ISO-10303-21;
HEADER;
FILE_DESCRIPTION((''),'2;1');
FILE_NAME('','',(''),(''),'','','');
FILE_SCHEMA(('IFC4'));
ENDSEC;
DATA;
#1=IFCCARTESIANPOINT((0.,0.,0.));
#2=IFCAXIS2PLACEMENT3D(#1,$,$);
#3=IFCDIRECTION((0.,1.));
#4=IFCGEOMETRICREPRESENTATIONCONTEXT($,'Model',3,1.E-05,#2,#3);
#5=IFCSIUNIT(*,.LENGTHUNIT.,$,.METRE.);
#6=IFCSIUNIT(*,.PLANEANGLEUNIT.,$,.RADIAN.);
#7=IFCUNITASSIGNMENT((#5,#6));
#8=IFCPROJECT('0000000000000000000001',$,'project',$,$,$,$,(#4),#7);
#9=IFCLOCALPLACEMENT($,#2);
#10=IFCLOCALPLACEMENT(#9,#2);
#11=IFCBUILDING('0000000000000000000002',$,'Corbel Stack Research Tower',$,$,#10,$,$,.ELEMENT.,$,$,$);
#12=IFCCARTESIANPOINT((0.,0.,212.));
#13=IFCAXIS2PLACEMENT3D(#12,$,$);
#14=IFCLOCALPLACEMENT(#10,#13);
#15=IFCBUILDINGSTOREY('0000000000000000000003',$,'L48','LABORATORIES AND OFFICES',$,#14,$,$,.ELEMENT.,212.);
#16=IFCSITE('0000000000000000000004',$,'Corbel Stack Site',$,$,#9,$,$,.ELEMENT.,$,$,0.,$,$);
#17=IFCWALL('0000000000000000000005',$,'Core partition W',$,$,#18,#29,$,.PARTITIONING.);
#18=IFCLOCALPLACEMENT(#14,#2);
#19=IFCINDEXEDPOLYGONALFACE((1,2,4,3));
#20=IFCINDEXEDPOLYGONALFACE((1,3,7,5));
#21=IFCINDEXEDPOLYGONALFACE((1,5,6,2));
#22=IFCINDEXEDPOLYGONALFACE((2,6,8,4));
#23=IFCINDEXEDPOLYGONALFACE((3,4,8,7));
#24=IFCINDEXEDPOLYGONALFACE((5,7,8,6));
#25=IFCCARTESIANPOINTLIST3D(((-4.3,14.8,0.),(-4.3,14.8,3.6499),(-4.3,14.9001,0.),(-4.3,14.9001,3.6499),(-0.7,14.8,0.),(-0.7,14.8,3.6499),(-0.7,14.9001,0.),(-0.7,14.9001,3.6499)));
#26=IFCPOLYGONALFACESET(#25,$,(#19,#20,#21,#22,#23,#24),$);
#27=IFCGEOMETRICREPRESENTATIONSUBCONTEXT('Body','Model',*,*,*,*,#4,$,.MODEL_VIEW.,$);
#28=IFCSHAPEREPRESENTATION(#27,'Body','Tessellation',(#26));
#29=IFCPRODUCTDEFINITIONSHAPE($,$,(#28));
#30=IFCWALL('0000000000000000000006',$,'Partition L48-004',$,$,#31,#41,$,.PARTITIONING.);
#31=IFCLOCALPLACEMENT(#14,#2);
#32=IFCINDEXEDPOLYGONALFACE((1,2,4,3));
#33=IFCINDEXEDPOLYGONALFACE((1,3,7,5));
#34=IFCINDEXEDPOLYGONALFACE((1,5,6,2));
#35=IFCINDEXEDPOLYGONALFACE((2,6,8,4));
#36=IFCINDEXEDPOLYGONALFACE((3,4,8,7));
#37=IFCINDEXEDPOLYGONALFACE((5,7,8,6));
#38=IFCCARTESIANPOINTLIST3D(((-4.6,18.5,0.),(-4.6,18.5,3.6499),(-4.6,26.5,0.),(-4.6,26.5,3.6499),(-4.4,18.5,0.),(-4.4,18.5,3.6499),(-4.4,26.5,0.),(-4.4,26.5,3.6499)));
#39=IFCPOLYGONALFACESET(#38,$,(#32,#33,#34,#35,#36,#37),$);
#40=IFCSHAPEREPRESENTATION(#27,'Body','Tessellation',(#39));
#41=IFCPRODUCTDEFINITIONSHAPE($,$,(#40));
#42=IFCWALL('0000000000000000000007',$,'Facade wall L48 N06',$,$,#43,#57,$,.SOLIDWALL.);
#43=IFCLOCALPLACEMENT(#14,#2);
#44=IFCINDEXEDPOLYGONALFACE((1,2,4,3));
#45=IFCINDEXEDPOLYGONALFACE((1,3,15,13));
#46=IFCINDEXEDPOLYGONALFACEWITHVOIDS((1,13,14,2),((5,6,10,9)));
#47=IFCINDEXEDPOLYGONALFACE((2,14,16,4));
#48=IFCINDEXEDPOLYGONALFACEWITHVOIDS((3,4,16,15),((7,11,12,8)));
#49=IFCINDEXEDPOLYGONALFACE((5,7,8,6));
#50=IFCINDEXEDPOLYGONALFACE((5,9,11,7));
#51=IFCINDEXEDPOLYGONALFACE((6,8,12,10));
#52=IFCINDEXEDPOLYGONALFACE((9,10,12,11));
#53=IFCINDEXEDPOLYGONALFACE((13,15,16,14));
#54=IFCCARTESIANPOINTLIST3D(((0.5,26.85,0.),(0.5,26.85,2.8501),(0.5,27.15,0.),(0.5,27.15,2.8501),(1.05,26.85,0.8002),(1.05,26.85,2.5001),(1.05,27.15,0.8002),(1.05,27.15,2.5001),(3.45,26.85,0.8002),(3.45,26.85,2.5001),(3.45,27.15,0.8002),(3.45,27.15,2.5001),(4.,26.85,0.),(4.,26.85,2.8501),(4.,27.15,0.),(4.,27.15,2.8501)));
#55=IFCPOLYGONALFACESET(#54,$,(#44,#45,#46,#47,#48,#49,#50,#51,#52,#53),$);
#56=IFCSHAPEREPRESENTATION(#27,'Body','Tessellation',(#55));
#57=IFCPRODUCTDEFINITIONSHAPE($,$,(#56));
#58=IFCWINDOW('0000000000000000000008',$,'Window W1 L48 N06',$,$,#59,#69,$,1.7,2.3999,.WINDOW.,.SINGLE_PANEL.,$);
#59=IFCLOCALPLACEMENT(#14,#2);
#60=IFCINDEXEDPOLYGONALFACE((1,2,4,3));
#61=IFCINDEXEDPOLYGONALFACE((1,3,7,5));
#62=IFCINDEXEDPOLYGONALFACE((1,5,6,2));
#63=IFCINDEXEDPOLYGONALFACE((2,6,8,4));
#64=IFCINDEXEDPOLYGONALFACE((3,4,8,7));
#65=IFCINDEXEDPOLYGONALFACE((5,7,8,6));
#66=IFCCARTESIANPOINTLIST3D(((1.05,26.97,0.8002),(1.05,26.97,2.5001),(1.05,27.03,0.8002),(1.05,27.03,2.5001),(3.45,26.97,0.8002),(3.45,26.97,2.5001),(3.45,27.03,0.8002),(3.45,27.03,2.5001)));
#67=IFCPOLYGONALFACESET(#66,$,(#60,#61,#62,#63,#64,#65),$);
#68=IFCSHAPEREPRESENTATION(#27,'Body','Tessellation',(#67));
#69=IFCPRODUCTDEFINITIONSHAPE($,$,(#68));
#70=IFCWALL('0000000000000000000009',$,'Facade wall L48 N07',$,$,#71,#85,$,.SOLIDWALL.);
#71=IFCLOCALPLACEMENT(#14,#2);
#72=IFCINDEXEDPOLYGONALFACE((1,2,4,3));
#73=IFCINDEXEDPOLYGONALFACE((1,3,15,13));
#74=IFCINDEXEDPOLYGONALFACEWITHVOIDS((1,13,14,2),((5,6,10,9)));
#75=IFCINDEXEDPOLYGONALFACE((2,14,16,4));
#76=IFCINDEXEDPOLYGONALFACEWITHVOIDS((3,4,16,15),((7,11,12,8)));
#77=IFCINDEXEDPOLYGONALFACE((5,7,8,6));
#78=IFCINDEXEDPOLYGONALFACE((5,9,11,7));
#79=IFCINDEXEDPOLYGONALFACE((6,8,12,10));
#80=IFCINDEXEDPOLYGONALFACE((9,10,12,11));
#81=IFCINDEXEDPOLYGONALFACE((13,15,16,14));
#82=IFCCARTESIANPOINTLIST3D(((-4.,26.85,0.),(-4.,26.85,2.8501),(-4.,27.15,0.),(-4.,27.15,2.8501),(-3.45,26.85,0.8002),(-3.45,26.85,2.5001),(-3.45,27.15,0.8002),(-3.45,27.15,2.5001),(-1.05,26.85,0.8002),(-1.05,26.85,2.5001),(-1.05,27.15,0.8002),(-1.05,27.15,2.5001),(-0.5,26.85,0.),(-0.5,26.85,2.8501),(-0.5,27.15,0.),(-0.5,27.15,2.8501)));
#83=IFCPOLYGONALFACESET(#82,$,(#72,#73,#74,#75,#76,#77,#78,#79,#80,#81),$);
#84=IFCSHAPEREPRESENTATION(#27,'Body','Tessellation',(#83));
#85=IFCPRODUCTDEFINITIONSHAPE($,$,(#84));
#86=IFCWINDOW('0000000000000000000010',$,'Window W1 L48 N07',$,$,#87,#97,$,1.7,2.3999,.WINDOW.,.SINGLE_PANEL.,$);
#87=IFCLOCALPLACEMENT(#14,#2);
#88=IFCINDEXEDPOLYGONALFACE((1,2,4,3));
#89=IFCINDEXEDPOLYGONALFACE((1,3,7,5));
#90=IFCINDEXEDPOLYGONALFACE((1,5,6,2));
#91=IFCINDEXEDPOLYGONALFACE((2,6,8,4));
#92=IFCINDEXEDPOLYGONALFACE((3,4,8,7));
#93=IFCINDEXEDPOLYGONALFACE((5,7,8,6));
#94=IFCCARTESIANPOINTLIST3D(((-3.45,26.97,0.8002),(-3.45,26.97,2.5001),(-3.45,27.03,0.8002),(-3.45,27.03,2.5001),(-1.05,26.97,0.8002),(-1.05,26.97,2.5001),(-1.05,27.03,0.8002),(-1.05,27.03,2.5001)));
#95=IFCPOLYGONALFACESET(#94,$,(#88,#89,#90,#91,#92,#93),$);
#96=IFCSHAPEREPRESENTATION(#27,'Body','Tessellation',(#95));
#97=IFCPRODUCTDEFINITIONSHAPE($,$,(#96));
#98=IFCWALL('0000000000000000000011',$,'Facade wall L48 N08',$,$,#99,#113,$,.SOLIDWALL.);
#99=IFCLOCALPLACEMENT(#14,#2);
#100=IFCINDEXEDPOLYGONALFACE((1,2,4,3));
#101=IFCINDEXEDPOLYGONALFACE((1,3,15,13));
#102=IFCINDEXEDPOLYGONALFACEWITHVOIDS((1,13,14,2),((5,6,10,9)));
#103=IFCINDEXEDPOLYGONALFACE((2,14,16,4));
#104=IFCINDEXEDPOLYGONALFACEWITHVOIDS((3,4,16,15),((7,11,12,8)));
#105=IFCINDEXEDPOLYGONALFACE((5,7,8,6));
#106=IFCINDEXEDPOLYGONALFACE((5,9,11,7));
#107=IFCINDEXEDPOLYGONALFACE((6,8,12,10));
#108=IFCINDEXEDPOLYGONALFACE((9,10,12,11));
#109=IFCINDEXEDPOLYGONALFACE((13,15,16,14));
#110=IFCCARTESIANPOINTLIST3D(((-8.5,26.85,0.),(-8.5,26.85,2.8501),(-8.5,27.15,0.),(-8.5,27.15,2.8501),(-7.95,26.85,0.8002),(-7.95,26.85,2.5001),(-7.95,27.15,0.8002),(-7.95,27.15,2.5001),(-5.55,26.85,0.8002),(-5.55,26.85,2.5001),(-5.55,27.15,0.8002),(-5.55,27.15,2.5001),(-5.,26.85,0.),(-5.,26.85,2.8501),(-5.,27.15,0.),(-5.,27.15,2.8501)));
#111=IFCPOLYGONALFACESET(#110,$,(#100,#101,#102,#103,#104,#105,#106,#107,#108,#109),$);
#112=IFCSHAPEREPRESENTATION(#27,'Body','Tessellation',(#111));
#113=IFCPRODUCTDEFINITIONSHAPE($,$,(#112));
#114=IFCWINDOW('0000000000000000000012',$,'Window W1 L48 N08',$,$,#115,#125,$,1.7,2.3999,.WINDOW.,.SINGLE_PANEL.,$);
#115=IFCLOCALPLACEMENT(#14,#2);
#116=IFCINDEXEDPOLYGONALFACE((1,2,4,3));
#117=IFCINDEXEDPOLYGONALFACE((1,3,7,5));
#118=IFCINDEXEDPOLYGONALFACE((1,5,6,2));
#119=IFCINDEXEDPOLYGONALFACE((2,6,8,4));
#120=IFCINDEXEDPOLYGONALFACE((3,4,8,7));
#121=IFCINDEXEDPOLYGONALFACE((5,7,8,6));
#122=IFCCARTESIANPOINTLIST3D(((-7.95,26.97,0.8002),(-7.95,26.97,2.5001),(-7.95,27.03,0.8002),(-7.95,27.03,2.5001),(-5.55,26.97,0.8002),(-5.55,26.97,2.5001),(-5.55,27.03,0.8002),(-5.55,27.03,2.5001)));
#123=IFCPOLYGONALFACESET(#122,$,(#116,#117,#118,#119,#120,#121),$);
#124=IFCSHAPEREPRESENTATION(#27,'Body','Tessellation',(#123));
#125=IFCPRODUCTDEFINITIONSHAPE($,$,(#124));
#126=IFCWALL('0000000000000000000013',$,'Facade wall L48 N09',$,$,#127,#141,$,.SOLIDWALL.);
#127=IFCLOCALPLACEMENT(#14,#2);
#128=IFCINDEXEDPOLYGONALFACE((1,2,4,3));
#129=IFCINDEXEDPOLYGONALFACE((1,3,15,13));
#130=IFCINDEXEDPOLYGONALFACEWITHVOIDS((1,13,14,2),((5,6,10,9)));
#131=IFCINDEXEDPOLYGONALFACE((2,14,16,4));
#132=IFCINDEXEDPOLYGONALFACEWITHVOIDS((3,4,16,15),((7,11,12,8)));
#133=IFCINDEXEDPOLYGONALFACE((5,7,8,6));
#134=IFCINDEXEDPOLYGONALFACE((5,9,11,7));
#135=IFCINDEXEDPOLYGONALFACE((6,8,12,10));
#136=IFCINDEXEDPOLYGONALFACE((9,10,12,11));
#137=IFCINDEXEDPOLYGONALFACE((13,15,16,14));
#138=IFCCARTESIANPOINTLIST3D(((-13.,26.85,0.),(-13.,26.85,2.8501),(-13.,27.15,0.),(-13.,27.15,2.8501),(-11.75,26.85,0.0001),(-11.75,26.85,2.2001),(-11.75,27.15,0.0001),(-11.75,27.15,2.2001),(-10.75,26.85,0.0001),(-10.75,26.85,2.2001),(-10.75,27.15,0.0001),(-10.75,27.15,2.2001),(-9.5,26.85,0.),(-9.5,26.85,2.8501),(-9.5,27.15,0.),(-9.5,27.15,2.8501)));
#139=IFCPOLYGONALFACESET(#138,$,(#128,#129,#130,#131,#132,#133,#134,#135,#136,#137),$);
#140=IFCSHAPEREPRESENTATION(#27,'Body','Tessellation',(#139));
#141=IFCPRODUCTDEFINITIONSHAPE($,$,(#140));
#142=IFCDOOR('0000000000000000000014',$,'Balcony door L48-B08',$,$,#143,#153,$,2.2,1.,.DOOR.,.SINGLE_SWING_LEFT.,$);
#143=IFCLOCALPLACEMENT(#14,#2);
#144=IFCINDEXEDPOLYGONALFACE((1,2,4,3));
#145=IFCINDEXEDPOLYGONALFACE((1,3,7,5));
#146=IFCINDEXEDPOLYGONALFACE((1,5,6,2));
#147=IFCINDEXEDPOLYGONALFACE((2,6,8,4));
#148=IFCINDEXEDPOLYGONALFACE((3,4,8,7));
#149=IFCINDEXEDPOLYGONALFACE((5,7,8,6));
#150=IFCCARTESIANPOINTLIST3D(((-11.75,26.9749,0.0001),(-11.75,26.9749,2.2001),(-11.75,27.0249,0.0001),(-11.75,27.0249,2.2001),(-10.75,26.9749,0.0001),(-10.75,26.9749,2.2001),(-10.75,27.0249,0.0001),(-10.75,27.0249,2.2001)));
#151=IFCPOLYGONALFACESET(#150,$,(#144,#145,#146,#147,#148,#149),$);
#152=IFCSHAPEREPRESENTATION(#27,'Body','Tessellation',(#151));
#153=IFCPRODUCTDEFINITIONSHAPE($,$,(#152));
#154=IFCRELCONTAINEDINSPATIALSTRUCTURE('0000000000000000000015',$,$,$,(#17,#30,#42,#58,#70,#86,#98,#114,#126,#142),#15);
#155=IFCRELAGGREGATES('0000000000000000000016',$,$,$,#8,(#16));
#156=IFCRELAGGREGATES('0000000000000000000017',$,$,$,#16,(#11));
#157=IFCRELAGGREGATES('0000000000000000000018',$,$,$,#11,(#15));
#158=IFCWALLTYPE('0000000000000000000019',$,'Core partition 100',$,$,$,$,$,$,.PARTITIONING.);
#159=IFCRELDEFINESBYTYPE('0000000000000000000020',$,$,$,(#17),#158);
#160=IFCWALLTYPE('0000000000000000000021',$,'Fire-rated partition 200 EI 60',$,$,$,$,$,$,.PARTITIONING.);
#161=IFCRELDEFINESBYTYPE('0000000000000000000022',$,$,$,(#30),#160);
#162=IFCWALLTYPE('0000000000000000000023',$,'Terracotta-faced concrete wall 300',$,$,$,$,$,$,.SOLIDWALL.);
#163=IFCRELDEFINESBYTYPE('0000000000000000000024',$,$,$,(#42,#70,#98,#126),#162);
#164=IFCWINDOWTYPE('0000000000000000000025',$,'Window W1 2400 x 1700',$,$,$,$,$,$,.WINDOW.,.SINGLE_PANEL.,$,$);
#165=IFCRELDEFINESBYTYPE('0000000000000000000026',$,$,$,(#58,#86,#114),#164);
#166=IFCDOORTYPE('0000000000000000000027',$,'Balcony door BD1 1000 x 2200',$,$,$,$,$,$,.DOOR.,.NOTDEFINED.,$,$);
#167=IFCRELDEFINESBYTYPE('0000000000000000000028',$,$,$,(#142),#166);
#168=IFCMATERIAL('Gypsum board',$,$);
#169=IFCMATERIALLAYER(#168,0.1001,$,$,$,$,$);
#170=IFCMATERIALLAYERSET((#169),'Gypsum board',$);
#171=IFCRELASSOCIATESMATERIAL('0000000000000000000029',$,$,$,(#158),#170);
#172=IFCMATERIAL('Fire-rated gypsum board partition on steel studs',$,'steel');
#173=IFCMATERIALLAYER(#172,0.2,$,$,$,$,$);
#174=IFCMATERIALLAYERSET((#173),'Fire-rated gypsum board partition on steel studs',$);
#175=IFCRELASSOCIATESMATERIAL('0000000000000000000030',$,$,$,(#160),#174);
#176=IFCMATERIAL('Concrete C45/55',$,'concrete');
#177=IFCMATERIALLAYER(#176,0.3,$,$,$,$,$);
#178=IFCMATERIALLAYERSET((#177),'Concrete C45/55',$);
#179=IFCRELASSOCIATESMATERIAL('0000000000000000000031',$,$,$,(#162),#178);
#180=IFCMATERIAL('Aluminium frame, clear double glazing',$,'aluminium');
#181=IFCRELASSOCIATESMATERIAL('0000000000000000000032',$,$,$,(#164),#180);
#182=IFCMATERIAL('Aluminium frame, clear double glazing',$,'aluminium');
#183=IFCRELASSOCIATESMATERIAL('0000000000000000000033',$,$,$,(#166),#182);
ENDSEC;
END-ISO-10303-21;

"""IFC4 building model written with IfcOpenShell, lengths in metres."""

from ifc_helpers import new_model, si_unit, direction, frame, frame_2d, origin, place, context, subcontext, project, spatial, rectangle, extrude, material, layer, layer_set, type_object, element, fill, save


model = new_model("IFC4")

# Units and contexts
model_context = context("Model", 3, precision=1e-05, world=origin(), true_north=direction((0.0, 1.0)))
body_context = subcontext(model_context, "Body", "Model", "MODEL_VIEW")
ifc_project = project(units=[si_unit("LENGTHUNIT", "METRE"), si_unit("PLANEANGLEUNIT", "RADIAN")], contexts=[model_context])

# Site, building, storey
site_placement = place(None, origin())
site = spatial("IfcSite", under=ifc_project, at=site_placement, Name="Corbel Stack Site", CompositionType="ELEMENT", RefElevation=0.0)
building_placement = place(site_placement, origin())
building = spatial("IfcBuilding", under=site, at=building_placement, Name="Corbel Stack Research Tower", CompositionType="ELEMENT")
storey_placement = place(building_placement, frame((0.0, 0.0, 212.0)))
storey = spatial("IfcBuildingStorey", under=building, at=storey_placement, Name="L48", Description="LABORATORIES AND OFFICES", CompositionType="ELEMENT", Elevation=212.0)

# Shared definitions
ifc_material_1 = material(Name="Gypsum board")
ifc_layer_1 = layer(ifc_material_1, 0.1001)
ifc_layer_set_1 = layer_set([ifc_layer_1], Name="Gypsum board")
wall_type_1 = type_object("IfcWallType", Name="Core partition 100", PredefinedType="PARTITIONING", material=ifc_layer_set_1)

# Walls
wall_1_placement = place(storey_placement, frame((-4.3, 14.8501, 0.0), z_axis=(0.0, 0.0, 1.0), x_axis=(1.0, 0.0, 0.0)))
element("IfcWall", 1, at=wall_1_placement, inside=storey, type_object=wall_type_1, Name="Core partition W", PredefinedType="PARTITIONING", context=body_context, shape_type="SweptSolid", body=[
    extrude(rectangle(XDim=3.6001, YDim=0.1001, at=frame_2d((1.8, 0.0))), origin(), (0.0, 0.0, 1.0), 3.6499),
])
ifc_material_2 = material(Name="Fire-rated gypsum board partition on steel studs", Category="steel")
ifc_layer_2 = layer(ifc_material_2, 0.2)
ifc_layer_set_2 = layer_set([ifc_layer_2], Name="Fire-rated gypsum board partition on steel studs")
wall_type_2 = type_object("IfcWallType", Name="Fire-rated partition 200 EI 60", PredefinedType="PARTITIONING", material=ifc_layer_set_2)
wall_2_placement = place(storey_placement, frame((-4.5, 18.5, 0.0), z_axis=(0.0, 0.0, 1.0), x_axis=(0.0, 1.0, 0.0)))
element("IfcWall", 2, at=wall_2_placement, inside=storey, type_object=wall_type_2, Name="Partition L48-004", PredefinedType="PARTITIONING", context=body_context, shape_type="SweptSolid", body=[
    extrude(rectangle(XDim=8.0, YDim=0.2, at=frame_2d((4.0, 0.0))), origin(), (0.0, 0.0, 1.0), 3.6499),
])

# Walls, openings, windows
ifc_material_3 = material(Name="Concrete C45/55", Category="concrete")
ifc_layer_3 = layer(ifc_material_3, 0.3)
ifc_layer_set_3 = layer_set([ifc_layer_3], Name="Concrete C45/55")
wall_type_3 = type_object("IfcWallType", Name="Terracotta-faced concrete wall 300", PredefinedType="SOLIDWALL", material=ifc_layer_set_3)
wall_3_placement = place(storey_placement, frame((0.5, 27.0, 0.0), z_axis=(0.0, 0.0, 1.0), x_axis=(1.0, 0.0, 0.0)))
wall_3 = element("IfcWall", 3, at=wall_3_placement, inside=storey, type_object=wall_type_3, Name="Facade wall L48 N06", PredefinedType="SOLIDWALL", context=body_context, shape_type="SweptSolid", body=[
    extrude(rectangle(XDim=3.5, YDim=0.3, at=frame_2d((1.75, 0.0))), origin(), (0.0, 0.0, 1.0), 2.8501),
])
opening_1_placement = place(wall_3_placement, frame((0.55, 0.0, 0.8)))
opening_1 = element("IfcOpeningElement", 4, at=opening_1_placement, cuts=wall_3, PredefinedType="OPENING", context=body_context, shape_type="SweptSolid", body=[
    extrude(rectangle(XDim=2.3999, YDim=1.7, at=frame_2d((1.2, 0.8501))), frame((0.0, 0.1599, 0.0), z_axis=(0.0, -1.0, 0.0), x_axis=(1.0, 0.0, 0.0)), (0.0, 0.0, 1.0), 0.3201),
])
ifc_material_4 = material(Name="Aluminium frame, clear double glazing", Category="aluminium")
window_type = type_object("IfcWindowType", Name="Window W1 2400 x 1700", PartitioningType="SINGLE_PANEL", PredefinedType="WINDOW", material=ifc_material_4)
window_1_placement = place(opening_1_placement, origin())
window_1 = element("IfcWindow", 5, at=window_1_placement, inside=storey, type_object=window_type, Name="Window W1 L48 N06", OverallHeight=1.7, OverallWidth=2.3999, PartitioningType="SINGLE_PANEL", PredefinedType="WINDOW", context=body_context, shape_type="SweptSolid", body=[
    extrude(rectangle(XDim=2.3999, YDim=1.7, at=frame_2d((1.2, 0.8501))), frame((0.0, 0.03, 0.0), z_axis=(0.0, -1.0, 0.0), x_axis=(1.0, 0.0, 0.0)), (0.0, 0.0, 1.0), 0.0601),
])
fill(opening_1, window_1)
wall_4_placement = place(storey_placement, frame((-4.0, 27.0, 0.0), z_axis=(0.0, 0.0, 1.0), x_axis=(1.0, 0.0, 0.0)))
wall_4 = element("IfcWall", 6, at=wall_4_placement, inside=storey, type_object=wall_type_3, Name="Facade wall L48 N07", PredefinedType="SOLIDWALL", context=body_context, shape_type="SweptSolid", body=[
    extrude(rectangle(XDim=3.5, YDim=0.3, at=frame_2d((1.75, 0.0))), origin(), (0.0, 0.0, 1.0), 2.8501),
])
opening_2_placement = place(wall_4_placement, frame((0.55, 0.0, 0.8)))
opening_2 = element("IfcOpeningElement", 7, at=opening_2_placement, cuts=wall_4, PredefinedType="OPENING", context=body_context, shape_type="SweptSolid", body=[
    extrude(rectangle(XDim=2.3999, YDim=1.7, at=frame_2d((1.2, 0.8501))), frame((0.0, 0.1599, 0.0), z_axis=(0.0, -1.0, 0.0), x_axis=(1.0, 0.0, 0.0)), (0.0, 0.0, 1.0), 0.3201),
])
window_2_placement = place(opening_2_placement, origin())
window_2 = element("IfcWindow", 8, at=window_2_placement, inside=storey, type_object=window_type, Name="Window W1 L48 N07", OverallHeight=1.7, OverallWidth=2.3999, PartitioningType="SINGLE_PANEL", PredefinedType="WINDOW", context=body_context, shape_type="SweptSolid", body=[
    extrude(rectangle(XDim=2.3999, YDim=1.7, at=frame_2d((1.2, 0.8501))), frame((0.0, 0.03, 0.0), z_axis=(0.0, -1.0, 0.0), x_axis=(1.0, 0.0, 0.0)), (0.0, 0.0, 1.0), 0.0601),
])
fill(opening_2, window_2)
wall_5_placement = place(storey_placement, frame((-8.5, 27.0, 0.0), z_axis=(0.0, 0.0, 1.0), x_axis=(1.0, 0.0, 0.0)))
wall_5 = element("IfcWall", 9, at=wall_5_placement, inside=storey, type_object=wall_type_3, Name="Facade wall L48 N08", PredefinedType="SOLIDWALL", context=body_context, shape_type="SweptSolid", body=[
    extrude(rectangle(XDim=3.5, YDim=0.3, at=frame_2d((1.75, 0.0))), origin(), (0.0, 0.0, 1.0), 2.8501),
])
opening_3_placement = place(wall_5_placement, frame((0.55, 0.0, 0.8)))
opening_3 = element("IfcOpeningElement", 10, at=opening_3_placement, cuts=wall_5, PredefinedType="OPENING", context=body_context, shape_type="SweptSolid", body=[
    extrude(rectangle(XDim=2.3999, YDim=1.7, at=frame_2d((1.2, 0.8501))), frame((0.0, 0.1599, 0.0), z_axis=(0.0, -1.0, 0.0), x_axis=(1.0, 0.0, 0.0)), (0.0, 0.0, 1.0), 0.3201),
])
window_3_placement = place(opening_3_placement, origin())
window_3 = element("IfcWindow", 11, at=window_3_placement, inside=storey, type_object=window_type, Name="Window W1 L48 N08", OverallHeight=1.7, OverallWidth=2.3999, PartitioningType="SINGLE_PANEL", PredefinedType="WINDOW", context=body_context, shape_type="SweptSolid", body=[
    extrude(rectangle(XDim=2.3999, YDim=1.7, at=frame_2d((1.2, 0.8501))), frame((0.0, 0.03, 0.0), z_axis=(0.0, -1.0, 0.0), x_axis=(1.0, 0.0, 0.0)), (0.0, 0.0, 1.0), 0.0601),
])
fill(opening_3, window_3)

# Wall, opening, door
wall_6_placement = place(storey_placement, frame((-13.0, 27.0, 0.0), z_axis=(0.0, 0.0, 1.0), x_axis=(1.0, 0.0, 0.0)))
wall_6 = element("IfcWall", 12, at=wall_6_placement, inside=storey, type_object=wall_type_3, Name="Facade wall L48 N09", PredefinedType="SOLIDWALL", context=body_context, shape_type="SweptSolid", body=[
    extrude(rectangle(XDim=3.5, YDim=0.3, at=frame_2d((1.75, 0.0))), origin(), (0.0, 0.0, 1.0), 2.8501),
])
opening_4_placement = place(wall_6_placement, frame((1.25, 0.0, 0.0)))
opening_4 = element("IfcOpeningElement", 13, at=opening_4_placement, cuts=wall_6, PredefinedType="OPENING", context=body_context, shape_type="SweptSolid", body=[
    extrude(rectangle(XDim=1.0, YDim=2.2, at=frame_2d((0.5, 1.1001))), frame((0.0, 0.1599, 0.0), z_axis=(0.0, -1.0, 0.0), x_axis=(1.0, 0.0, 0.0)), (0.0, 0.0, 1.0), 0.3201),
])
ifc_material_5 = material(Name="Aluminium frame, clear double glazing", Category="aluminium")
door_type_1 = type_object("IfcDoorType", Name="Balcony door BD1 1000 x 2200", OperationType="NOTDEFINED", PredefinedType="DOOR", material=ifc_material_5)
door_1_placement = place(opening_4_placement, origin())
door_1 = element("IfcDoor", 14, at=door_1_placement, inside=storey, type_object=door_type_1, Name="Balcony door L48-B08", OperationType="SINGLE_SWING_LEFT", OverallHeight=2.2, OverallWidth=1.0, PredefinedType="DOOR", context=body_context, shape_type="SweptSolid", body=[
    extrude(rectangle(XDim=1.0, YDim=2.2, at=frame_2d((0.5, 1.1001))), frame((0.0, 0.0249, 0.0), z_axis=(0.0, -1.0, 0.0), x_axis=(1.0, 0.0, 0.0)), (0.0, 0.0, 1.0), 0.05),
])
fill(opening_4, door_1)

save(model, "model.ifc")
